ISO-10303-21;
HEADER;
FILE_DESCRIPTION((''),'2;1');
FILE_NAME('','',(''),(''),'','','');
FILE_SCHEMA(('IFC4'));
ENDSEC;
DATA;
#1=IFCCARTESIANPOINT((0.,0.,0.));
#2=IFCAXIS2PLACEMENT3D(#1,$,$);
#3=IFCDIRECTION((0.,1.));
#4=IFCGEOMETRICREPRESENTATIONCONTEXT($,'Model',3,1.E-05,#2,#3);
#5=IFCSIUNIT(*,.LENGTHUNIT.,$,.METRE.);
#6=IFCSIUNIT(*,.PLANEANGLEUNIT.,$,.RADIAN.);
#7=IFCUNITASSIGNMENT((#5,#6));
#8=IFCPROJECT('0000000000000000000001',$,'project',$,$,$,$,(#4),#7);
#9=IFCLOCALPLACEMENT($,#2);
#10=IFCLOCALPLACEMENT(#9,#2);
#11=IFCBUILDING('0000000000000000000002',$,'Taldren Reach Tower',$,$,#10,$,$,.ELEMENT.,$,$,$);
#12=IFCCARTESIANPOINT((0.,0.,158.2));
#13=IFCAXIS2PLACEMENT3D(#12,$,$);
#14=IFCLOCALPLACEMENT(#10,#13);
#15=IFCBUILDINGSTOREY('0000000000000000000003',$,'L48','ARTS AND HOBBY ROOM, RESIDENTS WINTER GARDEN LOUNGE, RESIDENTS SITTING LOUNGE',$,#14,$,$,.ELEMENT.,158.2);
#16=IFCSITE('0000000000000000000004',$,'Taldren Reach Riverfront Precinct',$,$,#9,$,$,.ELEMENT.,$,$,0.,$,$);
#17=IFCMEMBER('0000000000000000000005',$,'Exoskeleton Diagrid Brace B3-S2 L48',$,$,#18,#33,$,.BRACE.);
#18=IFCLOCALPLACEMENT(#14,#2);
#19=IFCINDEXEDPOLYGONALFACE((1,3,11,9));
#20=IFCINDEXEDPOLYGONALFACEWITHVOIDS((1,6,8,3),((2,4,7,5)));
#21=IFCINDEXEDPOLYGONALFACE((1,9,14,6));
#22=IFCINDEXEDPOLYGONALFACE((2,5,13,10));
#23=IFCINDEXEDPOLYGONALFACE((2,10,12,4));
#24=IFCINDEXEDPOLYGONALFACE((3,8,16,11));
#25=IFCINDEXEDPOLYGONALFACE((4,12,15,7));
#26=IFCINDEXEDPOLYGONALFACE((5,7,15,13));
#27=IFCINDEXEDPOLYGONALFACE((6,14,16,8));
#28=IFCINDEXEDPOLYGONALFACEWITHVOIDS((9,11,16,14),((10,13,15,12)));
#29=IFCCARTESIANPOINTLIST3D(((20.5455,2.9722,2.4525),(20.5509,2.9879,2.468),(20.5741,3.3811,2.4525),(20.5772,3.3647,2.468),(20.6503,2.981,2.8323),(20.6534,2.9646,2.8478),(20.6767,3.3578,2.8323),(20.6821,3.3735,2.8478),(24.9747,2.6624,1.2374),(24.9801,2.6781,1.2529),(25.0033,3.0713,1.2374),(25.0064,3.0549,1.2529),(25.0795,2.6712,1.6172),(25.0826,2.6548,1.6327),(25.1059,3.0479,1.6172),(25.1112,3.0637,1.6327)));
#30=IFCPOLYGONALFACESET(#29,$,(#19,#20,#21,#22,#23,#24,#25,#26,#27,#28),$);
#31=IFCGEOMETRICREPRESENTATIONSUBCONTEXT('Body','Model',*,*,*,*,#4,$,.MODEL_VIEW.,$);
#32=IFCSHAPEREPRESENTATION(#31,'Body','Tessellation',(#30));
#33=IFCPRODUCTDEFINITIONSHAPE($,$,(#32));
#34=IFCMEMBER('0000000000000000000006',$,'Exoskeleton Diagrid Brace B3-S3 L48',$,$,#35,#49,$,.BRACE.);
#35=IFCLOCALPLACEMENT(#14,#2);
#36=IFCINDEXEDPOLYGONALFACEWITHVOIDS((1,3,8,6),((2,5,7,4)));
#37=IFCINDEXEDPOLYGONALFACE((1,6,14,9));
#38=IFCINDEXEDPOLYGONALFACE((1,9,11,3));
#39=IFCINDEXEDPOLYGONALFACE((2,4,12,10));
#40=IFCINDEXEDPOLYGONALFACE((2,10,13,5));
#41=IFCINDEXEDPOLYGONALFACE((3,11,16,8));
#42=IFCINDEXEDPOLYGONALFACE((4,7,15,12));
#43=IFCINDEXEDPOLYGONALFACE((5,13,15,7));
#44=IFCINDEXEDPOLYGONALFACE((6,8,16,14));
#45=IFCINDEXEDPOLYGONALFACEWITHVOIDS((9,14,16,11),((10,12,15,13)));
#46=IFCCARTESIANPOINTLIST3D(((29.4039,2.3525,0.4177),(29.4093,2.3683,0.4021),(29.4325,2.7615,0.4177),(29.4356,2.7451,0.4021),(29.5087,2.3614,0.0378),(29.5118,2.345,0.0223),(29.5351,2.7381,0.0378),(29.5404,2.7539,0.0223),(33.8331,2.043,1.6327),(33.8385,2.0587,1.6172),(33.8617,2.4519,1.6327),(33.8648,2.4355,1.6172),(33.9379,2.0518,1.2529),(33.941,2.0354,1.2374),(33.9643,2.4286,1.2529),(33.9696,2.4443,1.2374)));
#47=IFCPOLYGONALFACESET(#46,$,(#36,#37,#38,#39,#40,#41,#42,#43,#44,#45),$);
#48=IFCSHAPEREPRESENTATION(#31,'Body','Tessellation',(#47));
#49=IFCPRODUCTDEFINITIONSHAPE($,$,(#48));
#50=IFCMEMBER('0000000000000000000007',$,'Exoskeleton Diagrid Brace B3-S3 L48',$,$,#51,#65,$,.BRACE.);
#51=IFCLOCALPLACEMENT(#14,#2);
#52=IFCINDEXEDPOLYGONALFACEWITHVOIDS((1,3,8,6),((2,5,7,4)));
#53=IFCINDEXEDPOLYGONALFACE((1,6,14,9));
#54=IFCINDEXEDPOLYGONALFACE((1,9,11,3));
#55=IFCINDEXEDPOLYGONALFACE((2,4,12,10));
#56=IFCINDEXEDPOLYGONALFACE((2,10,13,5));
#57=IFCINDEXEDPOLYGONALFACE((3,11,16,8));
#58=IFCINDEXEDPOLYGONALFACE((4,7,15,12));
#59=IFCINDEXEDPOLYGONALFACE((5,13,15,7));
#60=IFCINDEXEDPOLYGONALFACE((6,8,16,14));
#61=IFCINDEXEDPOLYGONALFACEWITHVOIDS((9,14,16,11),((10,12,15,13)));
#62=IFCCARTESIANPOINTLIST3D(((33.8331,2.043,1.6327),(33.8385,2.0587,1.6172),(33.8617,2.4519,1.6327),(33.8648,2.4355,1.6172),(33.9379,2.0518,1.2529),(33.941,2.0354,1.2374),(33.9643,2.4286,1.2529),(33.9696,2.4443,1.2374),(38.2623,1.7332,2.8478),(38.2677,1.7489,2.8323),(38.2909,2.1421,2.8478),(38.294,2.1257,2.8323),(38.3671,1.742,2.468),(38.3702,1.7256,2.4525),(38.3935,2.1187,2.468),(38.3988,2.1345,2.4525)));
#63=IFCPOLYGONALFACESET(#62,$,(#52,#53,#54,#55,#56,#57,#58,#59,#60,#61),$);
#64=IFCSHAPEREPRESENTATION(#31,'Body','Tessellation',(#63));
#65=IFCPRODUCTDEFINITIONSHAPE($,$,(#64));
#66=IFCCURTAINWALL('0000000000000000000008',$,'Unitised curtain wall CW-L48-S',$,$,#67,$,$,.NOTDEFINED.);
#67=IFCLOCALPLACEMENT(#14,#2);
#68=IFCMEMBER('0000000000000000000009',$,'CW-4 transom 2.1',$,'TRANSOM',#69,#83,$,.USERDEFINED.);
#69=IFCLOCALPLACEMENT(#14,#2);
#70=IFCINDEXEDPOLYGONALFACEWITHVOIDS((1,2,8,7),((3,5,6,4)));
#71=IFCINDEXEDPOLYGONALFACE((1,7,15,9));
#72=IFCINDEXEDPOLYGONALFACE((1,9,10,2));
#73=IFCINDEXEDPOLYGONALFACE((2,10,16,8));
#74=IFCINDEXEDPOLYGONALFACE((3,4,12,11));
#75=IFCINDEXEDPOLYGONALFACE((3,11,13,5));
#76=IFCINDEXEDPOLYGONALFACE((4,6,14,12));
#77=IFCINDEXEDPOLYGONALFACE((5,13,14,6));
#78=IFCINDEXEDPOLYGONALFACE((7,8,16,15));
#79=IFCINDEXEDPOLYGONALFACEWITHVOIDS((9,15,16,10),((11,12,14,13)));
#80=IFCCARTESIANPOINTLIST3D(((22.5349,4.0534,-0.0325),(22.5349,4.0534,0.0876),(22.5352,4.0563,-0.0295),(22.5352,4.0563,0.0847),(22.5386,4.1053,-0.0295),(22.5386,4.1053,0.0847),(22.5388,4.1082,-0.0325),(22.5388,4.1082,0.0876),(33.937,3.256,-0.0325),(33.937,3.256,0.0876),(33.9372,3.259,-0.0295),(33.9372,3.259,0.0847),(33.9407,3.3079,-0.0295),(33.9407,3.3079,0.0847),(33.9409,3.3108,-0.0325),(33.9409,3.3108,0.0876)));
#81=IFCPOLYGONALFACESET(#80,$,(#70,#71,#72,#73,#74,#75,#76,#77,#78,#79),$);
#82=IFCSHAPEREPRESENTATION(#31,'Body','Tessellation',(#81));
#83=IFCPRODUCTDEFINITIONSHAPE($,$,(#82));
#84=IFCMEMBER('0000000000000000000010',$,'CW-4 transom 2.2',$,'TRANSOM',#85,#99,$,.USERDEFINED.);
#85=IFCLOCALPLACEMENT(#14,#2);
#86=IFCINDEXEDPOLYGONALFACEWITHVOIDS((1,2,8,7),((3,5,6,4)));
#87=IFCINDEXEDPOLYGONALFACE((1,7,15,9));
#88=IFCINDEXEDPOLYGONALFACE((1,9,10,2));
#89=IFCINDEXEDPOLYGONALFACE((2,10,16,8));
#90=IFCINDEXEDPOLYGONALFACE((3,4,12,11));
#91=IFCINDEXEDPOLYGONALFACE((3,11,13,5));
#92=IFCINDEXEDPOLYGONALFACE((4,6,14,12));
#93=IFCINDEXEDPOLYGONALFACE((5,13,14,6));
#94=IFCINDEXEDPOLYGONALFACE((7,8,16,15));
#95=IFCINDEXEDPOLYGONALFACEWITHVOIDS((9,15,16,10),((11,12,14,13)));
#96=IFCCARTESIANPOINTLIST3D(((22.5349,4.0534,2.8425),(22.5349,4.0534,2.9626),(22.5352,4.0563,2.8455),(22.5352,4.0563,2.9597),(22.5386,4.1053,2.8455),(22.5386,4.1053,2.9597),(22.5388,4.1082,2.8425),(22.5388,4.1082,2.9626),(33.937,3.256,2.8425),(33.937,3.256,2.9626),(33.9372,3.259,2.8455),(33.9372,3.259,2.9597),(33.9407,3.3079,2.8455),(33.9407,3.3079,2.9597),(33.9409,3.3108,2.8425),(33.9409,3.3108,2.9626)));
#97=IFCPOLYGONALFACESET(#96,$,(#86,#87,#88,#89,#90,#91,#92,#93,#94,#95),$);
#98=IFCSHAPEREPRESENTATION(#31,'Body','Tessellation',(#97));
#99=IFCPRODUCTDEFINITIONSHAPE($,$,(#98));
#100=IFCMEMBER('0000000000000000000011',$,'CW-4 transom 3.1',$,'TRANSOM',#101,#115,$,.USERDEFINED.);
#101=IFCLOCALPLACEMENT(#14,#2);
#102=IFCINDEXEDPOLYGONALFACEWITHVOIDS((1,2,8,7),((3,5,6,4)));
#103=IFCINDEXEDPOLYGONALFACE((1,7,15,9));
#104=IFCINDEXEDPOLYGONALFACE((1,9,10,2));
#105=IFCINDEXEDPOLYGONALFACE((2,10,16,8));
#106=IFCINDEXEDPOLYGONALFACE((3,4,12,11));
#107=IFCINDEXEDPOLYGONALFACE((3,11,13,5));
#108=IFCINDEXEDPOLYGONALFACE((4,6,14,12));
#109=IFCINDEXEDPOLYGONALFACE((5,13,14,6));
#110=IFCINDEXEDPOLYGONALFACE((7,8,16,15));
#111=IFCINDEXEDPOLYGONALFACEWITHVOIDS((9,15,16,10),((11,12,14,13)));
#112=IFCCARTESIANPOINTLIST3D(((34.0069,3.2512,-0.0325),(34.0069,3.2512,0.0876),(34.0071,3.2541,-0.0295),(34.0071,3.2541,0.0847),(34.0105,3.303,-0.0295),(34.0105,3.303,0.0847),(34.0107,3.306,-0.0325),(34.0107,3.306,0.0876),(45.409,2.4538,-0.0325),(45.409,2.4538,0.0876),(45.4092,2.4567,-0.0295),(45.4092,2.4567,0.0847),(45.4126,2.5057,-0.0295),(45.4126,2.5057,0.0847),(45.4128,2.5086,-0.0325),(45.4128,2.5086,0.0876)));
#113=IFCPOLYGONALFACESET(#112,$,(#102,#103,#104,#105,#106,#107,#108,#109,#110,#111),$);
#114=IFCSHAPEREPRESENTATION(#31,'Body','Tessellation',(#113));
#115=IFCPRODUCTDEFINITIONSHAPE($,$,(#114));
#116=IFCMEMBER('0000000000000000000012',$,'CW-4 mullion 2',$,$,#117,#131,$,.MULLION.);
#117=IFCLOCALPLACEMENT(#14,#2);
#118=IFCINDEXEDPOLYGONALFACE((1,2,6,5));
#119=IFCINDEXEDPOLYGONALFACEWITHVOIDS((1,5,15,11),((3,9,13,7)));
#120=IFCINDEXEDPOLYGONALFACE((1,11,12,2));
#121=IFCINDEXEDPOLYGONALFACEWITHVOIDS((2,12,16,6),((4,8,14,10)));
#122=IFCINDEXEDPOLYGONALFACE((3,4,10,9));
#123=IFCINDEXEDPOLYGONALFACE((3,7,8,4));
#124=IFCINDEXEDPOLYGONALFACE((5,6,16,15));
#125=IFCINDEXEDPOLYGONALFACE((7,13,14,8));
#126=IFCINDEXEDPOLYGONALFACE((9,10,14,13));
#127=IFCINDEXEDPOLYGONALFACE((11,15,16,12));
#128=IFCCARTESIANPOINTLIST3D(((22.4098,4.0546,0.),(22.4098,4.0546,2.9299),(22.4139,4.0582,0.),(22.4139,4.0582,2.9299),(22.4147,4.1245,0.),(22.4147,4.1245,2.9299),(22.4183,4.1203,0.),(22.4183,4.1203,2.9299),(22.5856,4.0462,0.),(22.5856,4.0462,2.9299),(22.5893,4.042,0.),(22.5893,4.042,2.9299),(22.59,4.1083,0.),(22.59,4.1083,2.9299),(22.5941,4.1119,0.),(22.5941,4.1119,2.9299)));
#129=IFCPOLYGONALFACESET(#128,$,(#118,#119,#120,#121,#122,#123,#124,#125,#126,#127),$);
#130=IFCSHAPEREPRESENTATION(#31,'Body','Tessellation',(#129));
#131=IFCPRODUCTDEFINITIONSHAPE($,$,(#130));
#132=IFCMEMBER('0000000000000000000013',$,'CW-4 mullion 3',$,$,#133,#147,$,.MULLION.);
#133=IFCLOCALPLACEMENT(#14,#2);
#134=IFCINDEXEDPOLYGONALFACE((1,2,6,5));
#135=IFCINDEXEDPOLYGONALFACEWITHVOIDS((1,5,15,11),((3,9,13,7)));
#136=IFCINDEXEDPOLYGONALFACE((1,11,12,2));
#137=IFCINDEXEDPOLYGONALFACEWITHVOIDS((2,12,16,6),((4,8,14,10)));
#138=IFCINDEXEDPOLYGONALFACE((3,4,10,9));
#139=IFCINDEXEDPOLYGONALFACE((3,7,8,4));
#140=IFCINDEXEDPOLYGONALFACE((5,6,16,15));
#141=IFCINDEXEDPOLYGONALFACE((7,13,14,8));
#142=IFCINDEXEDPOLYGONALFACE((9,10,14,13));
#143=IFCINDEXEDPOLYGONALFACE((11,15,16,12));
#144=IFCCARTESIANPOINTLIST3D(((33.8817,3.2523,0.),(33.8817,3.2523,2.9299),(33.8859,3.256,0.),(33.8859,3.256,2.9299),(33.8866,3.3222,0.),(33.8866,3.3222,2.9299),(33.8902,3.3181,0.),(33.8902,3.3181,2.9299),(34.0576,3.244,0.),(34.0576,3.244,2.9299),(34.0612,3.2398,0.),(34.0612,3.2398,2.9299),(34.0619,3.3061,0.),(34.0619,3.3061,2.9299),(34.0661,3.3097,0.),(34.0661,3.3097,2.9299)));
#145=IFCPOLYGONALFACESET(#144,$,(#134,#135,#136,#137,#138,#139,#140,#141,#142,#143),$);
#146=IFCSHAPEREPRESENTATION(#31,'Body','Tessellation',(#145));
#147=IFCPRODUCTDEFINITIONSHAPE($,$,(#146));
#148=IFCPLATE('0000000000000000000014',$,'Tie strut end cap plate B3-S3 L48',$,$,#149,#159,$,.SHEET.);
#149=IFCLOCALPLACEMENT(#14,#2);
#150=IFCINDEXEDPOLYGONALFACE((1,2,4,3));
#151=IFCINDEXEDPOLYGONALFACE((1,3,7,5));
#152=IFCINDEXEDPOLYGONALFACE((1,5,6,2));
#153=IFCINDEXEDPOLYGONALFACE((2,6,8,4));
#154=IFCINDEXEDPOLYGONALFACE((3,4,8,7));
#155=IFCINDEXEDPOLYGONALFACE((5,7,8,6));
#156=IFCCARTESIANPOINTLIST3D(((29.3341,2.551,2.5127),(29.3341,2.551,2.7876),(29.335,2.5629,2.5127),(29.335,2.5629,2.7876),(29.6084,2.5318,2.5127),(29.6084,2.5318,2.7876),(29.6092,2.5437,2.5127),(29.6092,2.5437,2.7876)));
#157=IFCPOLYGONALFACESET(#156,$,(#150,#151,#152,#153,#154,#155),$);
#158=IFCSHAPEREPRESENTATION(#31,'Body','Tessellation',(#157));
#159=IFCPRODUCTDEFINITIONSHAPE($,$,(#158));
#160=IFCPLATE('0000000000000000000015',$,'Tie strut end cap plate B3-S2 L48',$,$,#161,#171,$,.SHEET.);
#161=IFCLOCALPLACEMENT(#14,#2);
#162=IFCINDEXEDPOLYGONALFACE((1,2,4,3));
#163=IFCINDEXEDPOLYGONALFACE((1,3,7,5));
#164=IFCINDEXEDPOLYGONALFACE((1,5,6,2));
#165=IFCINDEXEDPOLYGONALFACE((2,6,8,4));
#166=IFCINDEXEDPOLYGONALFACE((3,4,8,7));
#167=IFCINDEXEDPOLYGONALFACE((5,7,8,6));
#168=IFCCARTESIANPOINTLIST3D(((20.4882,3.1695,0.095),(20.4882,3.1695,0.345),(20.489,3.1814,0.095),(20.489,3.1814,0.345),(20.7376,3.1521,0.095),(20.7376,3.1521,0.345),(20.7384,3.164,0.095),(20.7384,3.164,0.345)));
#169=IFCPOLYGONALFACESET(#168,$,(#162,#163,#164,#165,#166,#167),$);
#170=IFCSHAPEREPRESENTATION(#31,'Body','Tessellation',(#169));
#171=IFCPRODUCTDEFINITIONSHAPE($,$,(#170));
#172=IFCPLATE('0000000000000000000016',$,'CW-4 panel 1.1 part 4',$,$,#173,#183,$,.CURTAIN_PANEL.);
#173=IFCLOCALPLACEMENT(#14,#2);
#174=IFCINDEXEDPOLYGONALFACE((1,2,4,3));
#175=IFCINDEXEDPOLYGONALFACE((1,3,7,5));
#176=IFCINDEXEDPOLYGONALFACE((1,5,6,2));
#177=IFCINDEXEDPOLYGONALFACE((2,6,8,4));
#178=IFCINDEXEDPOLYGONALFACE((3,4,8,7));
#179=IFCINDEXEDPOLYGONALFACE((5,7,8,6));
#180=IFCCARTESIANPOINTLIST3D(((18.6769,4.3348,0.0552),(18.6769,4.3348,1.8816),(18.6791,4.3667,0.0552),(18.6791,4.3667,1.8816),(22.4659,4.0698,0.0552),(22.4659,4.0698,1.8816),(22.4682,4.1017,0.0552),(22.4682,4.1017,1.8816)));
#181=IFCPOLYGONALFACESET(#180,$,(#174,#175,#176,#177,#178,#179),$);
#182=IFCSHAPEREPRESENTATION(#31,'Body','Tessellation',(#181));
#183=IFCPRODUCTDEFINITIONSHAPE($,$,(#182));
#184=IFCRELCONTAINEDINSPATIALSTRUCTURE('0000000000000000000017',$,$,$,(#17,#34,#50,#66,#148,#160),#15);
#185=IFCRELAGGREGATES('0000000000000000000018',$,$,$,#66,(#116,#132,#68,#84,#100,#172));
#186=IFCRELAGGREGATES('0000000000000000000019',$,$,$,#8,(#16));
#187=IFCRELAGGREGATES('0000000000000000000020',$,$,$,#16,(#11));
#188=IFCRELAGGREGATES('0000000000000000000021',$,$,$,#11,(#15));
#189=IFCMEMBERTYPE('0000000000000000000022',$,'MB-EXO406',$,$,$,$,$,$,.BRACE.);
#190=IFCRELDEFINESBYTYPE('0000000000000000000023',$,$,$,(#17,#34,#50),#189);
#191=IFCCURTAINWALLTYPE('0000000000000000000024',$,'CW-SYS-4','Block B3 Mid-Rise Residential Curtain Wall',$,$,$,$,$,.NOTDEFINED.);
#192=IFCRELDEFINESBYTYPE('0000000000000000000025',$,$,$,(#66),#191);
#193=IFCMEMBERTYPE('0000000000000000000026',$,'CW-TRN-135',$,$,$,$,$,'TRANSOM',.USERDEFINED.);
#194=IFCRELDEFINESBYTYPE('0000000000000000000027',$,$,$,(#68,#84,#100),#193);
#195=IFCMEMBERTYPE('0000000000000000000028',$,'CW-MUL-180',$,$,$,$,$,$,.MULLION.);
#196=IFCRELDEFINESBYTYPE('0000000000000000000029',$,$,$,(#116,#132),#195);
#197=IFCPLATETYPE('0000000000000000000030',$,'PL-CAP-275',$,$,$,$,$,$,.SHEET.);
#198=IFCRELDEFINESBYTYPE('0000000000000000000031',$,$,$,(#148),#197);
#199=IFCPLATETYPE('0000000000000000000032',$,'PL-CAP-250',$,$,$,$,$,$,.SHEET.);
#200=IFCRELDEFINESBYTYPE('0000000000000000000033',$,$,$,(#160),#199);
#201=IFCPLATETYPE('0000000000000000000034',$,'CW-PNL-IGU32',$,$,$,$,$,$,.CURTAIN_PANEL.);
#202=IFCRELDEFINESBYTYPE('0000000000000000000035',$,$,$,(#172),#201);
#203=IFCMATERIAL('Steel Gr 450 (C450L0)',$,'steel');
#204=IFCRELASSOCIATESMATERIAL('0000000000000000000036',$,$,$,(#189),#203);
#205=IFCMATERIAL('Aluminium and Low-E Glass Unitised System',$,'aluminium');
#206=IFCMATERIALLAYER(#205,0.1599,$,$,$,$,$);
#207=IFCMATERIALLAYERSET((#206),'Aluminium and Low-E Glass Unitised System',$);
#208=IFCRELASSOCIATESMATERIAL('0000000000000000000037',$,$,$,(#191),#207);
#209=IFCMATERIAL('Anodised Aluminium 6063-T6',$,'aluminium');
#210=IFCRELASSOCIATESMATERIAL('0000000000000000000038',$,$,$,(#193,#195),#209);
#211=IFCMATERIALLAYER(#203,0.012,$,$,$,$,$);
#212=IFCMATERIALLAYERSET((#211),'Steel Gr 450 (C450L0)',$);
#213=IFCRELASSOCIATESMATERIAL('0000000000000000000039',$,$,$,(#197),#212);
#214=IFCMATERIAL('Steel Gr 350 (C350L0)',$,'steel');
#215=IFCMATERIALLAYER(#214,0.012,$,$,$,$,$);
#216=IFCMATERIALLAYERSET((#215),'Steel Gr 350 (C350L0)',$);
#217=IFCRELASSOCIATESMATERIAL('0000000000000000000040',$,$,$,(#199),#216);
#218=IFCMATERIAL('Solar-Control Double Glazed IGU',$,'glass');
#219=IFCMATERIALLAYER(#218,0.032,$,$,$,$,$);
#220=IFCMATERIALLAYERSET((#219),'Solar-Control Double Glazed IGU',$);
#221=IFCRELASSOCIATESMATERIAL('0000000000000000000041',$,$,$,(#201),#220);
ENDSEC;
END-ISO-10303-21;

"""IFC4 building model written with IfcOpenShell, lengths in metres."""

from ifc_helpers import new_model, si_unit, direction, frame, origin, origin_2d, place, context, subcontext, project, spatial, rectangle, hollow_rectangle, extrude, source, transform, mapped, material, layer, layer_set, material_profile, profile_set, type_object, element, aggregate, save


model = new_model("IFC4")

# Units and contexts
model_context = context("Model", 3, precision=1e-05, world=origin(), true_north=direction((0.0, 1.0)))
body_context = subcontext(model_context, "Body", "Model", "MODEL_VIEW")
ifc_project = project(units=[si_unit("LENGTHUNIT", "METRE"), si_unit("PLANEANGLEUNIT", "RADIAN")], contexts=[model_context])

# Site, building, storey
site_placement = place(None, origin())
site = spatial("IfcSite", under=ifc_project, at=site_placement, Name="Taldren Reach Riverfront Precinct", CompositionType="ELEMENT", RefElevation=0.0)
building_placement = place(site_placement, origin())
building = spatial("IfcBuilding", under=site, at=building_placement, Name="Taldren Reach Tower", CompositionType="ELEMENT")
storey_placement = place(building_placement, frame((0.0, 0.0, 158.2)))
storey = spatial("IfcBuildingStorey", under=building, at=storey_placement, Name="L48", Description="ARTS AND HOBBY ROOM, RESIDENTS WINTER GARDEN LOUNGE, RESIDENTS SITTING LOUNGE", CompositionType="ELEMENT", Elevation=158.2)

# Shared definitions
ifc_material_1 = material(Name="Steel Gr 450 (C450L0)", Category="steel")
ifc_material_2 = material(Name="Steel Gr 350 (C350L0)", Category="steel")

# Members
ifc_material_profile_1 = material_profile(ifc_material_1, hollow_rectangle(XDim=0.4099, YDim=0.4099, WallThickness=0.0161, at=origin_2d()), Name="410x410x16.0SHS")
ifc_profile_set_1 = profile_set([ifc_material_profile_1], Name="Steel Gr 450 (C450L0)")
member_type_1 = type_object("IfcMemberType", Name="MB-EXO406", PredefinedType="BRACE", material=ifc_profile_set_1)
shared_shape_1 = source(origin(), body_context, "Body", "SweptSolid", [
    extrude(hollow_rectangle(XDim=0.4099, YDim=0.4099, WallThickness=0.0161, at=origin_2d()), origin(), (0.0, 0.0, 1.0), 4.6033),
])
for number, where, z_axis, x_axis, name in (
    (1, (25.043, 2.863, 1.4351), (-0.962182, 0.067303, 0.263961), (-0.069778, -0.997563, 0.0), "Exoskeleton Diagrid Brace B3-S2 L48"),
    (2, (29.4722, 2.5532, 0.22), (0.962186, -0.06725, 0.263962), (0.069723, 0.997566, 0.0), "Exoskeleton Diagrid Brace B3-S3 L48"),
    (3, (33.9014, 2.2437, 1.4351), (0.962182, -0.067303, 0.263961), (0.069778, 0.997563, 0.0), "Exoskeleton Diagrid Brace B3-S3 L48"),
):
    element("IfcMember", number, at=place(storey_placement, frame(where, z_axis=z_axis, x_axis=x_axis)), inside=storey, type_object=member_type_1, Name=name, PredefinedType="BRACE", context=body_context, shape_type="MappedRepresentation", body=[
        mapped(shared_shape_1, transform((0.0, 0.0, 0.0), scale=1.0)),
    ])

# Curtain wall, members
ifc_material_3 = material(Name="Aluminium and Low-E Glass Unitised System", Category="aluminium")
ifc_layer_1 = layer(ifc_material_3, 0.1599)
ifc_layer_set_1 = layer_set([ifc_layer_1], Name="Aluminium and Low-E Glass Unitised System")
curtain_wall_type = type_object("IfcCurtainWallType", Name="CW-SYS-4", Description="Block B3 Mid-Rise Residential Curtain Wall", PredefinedType="NOTDEFINED", material=ifc_layer_set_1)
curtain_wall_placement = place(storey_placement, origin())
curtain_wall = element("IfcCurtainWall", 4, at=curtain_wall_placement, inside=storey, type_object=curtain_wall_type, Name="Unitised curtain wall CW-L48-S", PredefinedType="NOTDEFINED")
ifc_material_4 = material(Name="Anodised Aluminium 6063-T6", Category="aluminium")
ifc_material_profile_2 = material_profile(ifc_material_4, hollow_rectangle(XDim=0.0549, YDim=0.1201, WallThickness=0.0029, at=origin_2d()), Name="ALU-120x55x3RHS")
ifc_profile_set_2 = profile_set([ifc_material_profile_2], Name="Anodised Aluminium 6063-T6")
member_type_2 = type_object("IfcMemberType", Name="CW-TRN-135", ElementType="TRANSOM", PredefinedType="USERDEFINED", material=ifc_profile_set_2)
shared_shape_2 = source(origin(), body_context, "Body", "SweptSolid", [
    extrude(hollow_rectangle(XDim=0.0549, YDim=0.1201, WallThickness=0.0029, at=origin_2d()), origin(), (0.0, 0.0, 1.0), 11.4299),
])
member_1_placement = place(storey_placement, frame((22.5369, 4.0808, 0.0276), z_axis=(0.997564, -0.069761, 0.0), x_axis=(0.069761, 0.997564, 0.0)))
member_1 = element("IfcMember", 5, at=member_1_placement, type_object=member_type_2, Name="CW-4 transom 2.1", ObjectType="TRANSOM", PredefinedType="USERDEFINED", context=body_context, shape_type="MappedRepresentation", body=[
    mapped(shared_shape_2, transform((0.0, 0.0, 0.0), scale=1.0)),
])
member_2_placement = place(storey_placement, frame((22.5369, 4.0808, 2.9026), z_axis=(0.997564, -0.069761, 0.0), x_axis=(0.069761, 0.997564, 0.0)))
member_2 = element("IfcMember", 6, at=member_2_placement, type_object=member_type_2, Name="CW-4 transom 2.2", ObjectType="TRANSOM", PredefinedType="USERDEFINED", context=body_context, shape_type="MappedRepresentation", body=[
    mapped(shared_shape_2, transform((0.0, 0.0, 0.0), scale=1.0)),
])
member_3_placement = place(storey_placement, frame((34.0088, 3.2786, 0.0276), z_axis=(0.997564, -0.069761, 0.0), x_axis=(0.069761, 0.997564, 0.0)))
member_3 = element("IfcMember", 7, at=member_3_placement, type_object=member_type_2, Name="CW-4 transom 3.1", ObjectType="TRANSOM", PredefinedType="USERDEFINED", context=body_context, shape_type="MappedRepresentation", body=[
    mapped(shared_shape_2, transform((0.0, 0.0, 0.0), scale=1.0)),
])
ifc_material_profile_3 = material_profile(ifc_material_4, hollow_rectangle(XDim=0.0701, YDim=0.1799, WallThickness=0.0039, at=origin_2d()), Name="ALU-180x70x4RHS")
ifc_profile_set_3 = profile_set([ifc_material_profile_3], Name="Anodised Aluminium 6063-T6")
member_type_3 = type_object("IfcMemberType", Name="CW-MUL-180", PredefinedType="MULLION", material=ifc_profile_set_3)
shared_shape_3 = source(origin(), body_context, "Body", "SweptSolid", [
    extrude(hollow_rectangle(XDim=0.0701, YDim=0.1799, WallThickness=0.0039, at=origin_2d()), origin(), (0.0, 0.0, 1.0), 2.9299),
])
member_4_placement = place(storey_placement, frame((22.502, 4.0833, 0.0), z_axis=(0.0, 0.0, 1.0), x_axis=(0.069757, 0.997564, 0.0)))
member_4 = element("IfcMember", 8, at=member_4_placement, type_object=member_type_3, Name="CW-4 mullion 2", PredefinedType="MULLION", context=body_context, shape_type="MappedRepresentation", body=[
    mapped(shared_shape_3, transform((0.0, 0.0, 0.0), scale=1.0)),
])
member_5_placement = place(storey_placement, frame((33.9739, 3.281, 0.0), z_axis=(0.0, 0.0, 1.0), x_axis=(0.069757, 0.997564, 0.0)))
member_5 = element("IfcMember", 9, at=member_5_placement, type_object=member_type_3, Name="CW-4 mullion 3", PredefinedType="MULLION", context=body_context, shape_type="MappedRepresentation", body=[
    mapped(shared_shape_3, transform((0.0, 0.0, 0.0), scale=1.0)),
])

# Plates
ifc_layer_2 = layer(ifc_material_1, 0.012)
ifc_layer_set_2 = layer_set([ifc_layer_2], Name="Steel Gr 450 (C450L0)")
plate_type_1 = type_object("IfcPlateType", Name="PL-CAP-275", PredefinedType="SHEET", material=ifc_layer_set_2)
shared_shape_4 = source(origin(), body_context, "Body", "SweptSolid", [
    extrude(rectangle(XDim=0.2749, YDim=0.012, at=origin_2d()), origin(), (0.0, 0.0, 1.0), 0.2749),
])
plate_1_placement = place(storey_placement, frame((29.4717, 2.5474, 2.5127), z_axis=(0.0, 0.0, 1.0), x_axis=(0.997564, -0.069756, 0.0)))
element("IfcPlate", 10, at=plate_1_placement, inside=storey, type_object=plate_type_1, Name="Tie strut end cap plate B3-S3 L48", PredefinedType="SHEET", context=body_context, shape_type="MappedRepresentation", body=[
    mapped(shared_shape_4, transform((0.0, 0.0, 0.0), scale=1.0)),
])
ifc_layer_3 = layer(ifc_material_2, 0.012)
ifc_layer_set_3 = layer_set([ifc_layer_3], Name="Steel Gr 350 (C350L0)")
plate_type_2 = type_object("IfcPlateType", Name="PL-CAP-250", PredefinedType="SHEET", material=ifc_layer_set_3)
shared_shape_5 = source(origin(), body_context, "Body", "SweptSolid", [
    extrude(rectangle(XDim=0.25, YDim=0.012, at=origin_2d()), origin(), (0.0, 0.0, 1.0), 0.25),
])
plate_2_placement = place(storey_placement, frame((20.6133, 3.1667, 0.095), z_axis=(0.0, 0.0, 1.0), x_axis=(0.997564, -0.069756, 0.0)))
element("IfcPlate", 11, at=plate_2_placement, inside=storey, type_object=plate_type_2, Name="Tie strut end cap plate B3-S2 L48", PredefinedType="SHEET", context=body_context, shape_type="MappedRepresentation", body=[
    mapped(shared_shape_5, transform((0.0, 0.0, 0.0), scale=1.0)),
])

# Plate
ifc_material_5 = material(Name="Solar-Control Double Glazed IGU", Category="glass")
ifc_layer_4 = layer(ifc_material_5, 0.032)
ifc_layer_set_4 = layer_set([ifc_layer_4], Name="Solar-Control Double Glazed IGU")
plate_type_3 = type_object("IfcPlateType", Name="CW-PNL-IGU32", PredefinedType="CURTAIN_PANEL", material=ifc_layer_set_4)
shared_shape_6 = source(origin(), body_context, "Body", "SweptSolid", [
    extrude(rectangle(XDim=3.7983, YDim=0.032, at=origin_2d()), origin(), (0.0, 0.0, 1.0), 1.8264),
])
plate_3_placement = place(storey_placement, frame((20.5725, 4.2183, 0.0552), z_axis=(0.0, 0.0, 1.0), x_axis=(0.997564, -0.069757, 0.0)))
plate_3 = element("IfcPlate", 12, at=plate_3_placement, type_object=plate_type_3, Name="CW-4 panel 1.1 part 4", PredefinedType="CURTAIN_PANEL", context=body_context, shape_type="MappedRepresentation", body=[
    mapped(shared_shape_6, transform((0.0, 0.0, 0.0), scale=1.0)),
])
aggregate(curtain_wall, [member_4, member_5, member_1, member_2, member_3, plate_3])

save(model, "model.ifc")
